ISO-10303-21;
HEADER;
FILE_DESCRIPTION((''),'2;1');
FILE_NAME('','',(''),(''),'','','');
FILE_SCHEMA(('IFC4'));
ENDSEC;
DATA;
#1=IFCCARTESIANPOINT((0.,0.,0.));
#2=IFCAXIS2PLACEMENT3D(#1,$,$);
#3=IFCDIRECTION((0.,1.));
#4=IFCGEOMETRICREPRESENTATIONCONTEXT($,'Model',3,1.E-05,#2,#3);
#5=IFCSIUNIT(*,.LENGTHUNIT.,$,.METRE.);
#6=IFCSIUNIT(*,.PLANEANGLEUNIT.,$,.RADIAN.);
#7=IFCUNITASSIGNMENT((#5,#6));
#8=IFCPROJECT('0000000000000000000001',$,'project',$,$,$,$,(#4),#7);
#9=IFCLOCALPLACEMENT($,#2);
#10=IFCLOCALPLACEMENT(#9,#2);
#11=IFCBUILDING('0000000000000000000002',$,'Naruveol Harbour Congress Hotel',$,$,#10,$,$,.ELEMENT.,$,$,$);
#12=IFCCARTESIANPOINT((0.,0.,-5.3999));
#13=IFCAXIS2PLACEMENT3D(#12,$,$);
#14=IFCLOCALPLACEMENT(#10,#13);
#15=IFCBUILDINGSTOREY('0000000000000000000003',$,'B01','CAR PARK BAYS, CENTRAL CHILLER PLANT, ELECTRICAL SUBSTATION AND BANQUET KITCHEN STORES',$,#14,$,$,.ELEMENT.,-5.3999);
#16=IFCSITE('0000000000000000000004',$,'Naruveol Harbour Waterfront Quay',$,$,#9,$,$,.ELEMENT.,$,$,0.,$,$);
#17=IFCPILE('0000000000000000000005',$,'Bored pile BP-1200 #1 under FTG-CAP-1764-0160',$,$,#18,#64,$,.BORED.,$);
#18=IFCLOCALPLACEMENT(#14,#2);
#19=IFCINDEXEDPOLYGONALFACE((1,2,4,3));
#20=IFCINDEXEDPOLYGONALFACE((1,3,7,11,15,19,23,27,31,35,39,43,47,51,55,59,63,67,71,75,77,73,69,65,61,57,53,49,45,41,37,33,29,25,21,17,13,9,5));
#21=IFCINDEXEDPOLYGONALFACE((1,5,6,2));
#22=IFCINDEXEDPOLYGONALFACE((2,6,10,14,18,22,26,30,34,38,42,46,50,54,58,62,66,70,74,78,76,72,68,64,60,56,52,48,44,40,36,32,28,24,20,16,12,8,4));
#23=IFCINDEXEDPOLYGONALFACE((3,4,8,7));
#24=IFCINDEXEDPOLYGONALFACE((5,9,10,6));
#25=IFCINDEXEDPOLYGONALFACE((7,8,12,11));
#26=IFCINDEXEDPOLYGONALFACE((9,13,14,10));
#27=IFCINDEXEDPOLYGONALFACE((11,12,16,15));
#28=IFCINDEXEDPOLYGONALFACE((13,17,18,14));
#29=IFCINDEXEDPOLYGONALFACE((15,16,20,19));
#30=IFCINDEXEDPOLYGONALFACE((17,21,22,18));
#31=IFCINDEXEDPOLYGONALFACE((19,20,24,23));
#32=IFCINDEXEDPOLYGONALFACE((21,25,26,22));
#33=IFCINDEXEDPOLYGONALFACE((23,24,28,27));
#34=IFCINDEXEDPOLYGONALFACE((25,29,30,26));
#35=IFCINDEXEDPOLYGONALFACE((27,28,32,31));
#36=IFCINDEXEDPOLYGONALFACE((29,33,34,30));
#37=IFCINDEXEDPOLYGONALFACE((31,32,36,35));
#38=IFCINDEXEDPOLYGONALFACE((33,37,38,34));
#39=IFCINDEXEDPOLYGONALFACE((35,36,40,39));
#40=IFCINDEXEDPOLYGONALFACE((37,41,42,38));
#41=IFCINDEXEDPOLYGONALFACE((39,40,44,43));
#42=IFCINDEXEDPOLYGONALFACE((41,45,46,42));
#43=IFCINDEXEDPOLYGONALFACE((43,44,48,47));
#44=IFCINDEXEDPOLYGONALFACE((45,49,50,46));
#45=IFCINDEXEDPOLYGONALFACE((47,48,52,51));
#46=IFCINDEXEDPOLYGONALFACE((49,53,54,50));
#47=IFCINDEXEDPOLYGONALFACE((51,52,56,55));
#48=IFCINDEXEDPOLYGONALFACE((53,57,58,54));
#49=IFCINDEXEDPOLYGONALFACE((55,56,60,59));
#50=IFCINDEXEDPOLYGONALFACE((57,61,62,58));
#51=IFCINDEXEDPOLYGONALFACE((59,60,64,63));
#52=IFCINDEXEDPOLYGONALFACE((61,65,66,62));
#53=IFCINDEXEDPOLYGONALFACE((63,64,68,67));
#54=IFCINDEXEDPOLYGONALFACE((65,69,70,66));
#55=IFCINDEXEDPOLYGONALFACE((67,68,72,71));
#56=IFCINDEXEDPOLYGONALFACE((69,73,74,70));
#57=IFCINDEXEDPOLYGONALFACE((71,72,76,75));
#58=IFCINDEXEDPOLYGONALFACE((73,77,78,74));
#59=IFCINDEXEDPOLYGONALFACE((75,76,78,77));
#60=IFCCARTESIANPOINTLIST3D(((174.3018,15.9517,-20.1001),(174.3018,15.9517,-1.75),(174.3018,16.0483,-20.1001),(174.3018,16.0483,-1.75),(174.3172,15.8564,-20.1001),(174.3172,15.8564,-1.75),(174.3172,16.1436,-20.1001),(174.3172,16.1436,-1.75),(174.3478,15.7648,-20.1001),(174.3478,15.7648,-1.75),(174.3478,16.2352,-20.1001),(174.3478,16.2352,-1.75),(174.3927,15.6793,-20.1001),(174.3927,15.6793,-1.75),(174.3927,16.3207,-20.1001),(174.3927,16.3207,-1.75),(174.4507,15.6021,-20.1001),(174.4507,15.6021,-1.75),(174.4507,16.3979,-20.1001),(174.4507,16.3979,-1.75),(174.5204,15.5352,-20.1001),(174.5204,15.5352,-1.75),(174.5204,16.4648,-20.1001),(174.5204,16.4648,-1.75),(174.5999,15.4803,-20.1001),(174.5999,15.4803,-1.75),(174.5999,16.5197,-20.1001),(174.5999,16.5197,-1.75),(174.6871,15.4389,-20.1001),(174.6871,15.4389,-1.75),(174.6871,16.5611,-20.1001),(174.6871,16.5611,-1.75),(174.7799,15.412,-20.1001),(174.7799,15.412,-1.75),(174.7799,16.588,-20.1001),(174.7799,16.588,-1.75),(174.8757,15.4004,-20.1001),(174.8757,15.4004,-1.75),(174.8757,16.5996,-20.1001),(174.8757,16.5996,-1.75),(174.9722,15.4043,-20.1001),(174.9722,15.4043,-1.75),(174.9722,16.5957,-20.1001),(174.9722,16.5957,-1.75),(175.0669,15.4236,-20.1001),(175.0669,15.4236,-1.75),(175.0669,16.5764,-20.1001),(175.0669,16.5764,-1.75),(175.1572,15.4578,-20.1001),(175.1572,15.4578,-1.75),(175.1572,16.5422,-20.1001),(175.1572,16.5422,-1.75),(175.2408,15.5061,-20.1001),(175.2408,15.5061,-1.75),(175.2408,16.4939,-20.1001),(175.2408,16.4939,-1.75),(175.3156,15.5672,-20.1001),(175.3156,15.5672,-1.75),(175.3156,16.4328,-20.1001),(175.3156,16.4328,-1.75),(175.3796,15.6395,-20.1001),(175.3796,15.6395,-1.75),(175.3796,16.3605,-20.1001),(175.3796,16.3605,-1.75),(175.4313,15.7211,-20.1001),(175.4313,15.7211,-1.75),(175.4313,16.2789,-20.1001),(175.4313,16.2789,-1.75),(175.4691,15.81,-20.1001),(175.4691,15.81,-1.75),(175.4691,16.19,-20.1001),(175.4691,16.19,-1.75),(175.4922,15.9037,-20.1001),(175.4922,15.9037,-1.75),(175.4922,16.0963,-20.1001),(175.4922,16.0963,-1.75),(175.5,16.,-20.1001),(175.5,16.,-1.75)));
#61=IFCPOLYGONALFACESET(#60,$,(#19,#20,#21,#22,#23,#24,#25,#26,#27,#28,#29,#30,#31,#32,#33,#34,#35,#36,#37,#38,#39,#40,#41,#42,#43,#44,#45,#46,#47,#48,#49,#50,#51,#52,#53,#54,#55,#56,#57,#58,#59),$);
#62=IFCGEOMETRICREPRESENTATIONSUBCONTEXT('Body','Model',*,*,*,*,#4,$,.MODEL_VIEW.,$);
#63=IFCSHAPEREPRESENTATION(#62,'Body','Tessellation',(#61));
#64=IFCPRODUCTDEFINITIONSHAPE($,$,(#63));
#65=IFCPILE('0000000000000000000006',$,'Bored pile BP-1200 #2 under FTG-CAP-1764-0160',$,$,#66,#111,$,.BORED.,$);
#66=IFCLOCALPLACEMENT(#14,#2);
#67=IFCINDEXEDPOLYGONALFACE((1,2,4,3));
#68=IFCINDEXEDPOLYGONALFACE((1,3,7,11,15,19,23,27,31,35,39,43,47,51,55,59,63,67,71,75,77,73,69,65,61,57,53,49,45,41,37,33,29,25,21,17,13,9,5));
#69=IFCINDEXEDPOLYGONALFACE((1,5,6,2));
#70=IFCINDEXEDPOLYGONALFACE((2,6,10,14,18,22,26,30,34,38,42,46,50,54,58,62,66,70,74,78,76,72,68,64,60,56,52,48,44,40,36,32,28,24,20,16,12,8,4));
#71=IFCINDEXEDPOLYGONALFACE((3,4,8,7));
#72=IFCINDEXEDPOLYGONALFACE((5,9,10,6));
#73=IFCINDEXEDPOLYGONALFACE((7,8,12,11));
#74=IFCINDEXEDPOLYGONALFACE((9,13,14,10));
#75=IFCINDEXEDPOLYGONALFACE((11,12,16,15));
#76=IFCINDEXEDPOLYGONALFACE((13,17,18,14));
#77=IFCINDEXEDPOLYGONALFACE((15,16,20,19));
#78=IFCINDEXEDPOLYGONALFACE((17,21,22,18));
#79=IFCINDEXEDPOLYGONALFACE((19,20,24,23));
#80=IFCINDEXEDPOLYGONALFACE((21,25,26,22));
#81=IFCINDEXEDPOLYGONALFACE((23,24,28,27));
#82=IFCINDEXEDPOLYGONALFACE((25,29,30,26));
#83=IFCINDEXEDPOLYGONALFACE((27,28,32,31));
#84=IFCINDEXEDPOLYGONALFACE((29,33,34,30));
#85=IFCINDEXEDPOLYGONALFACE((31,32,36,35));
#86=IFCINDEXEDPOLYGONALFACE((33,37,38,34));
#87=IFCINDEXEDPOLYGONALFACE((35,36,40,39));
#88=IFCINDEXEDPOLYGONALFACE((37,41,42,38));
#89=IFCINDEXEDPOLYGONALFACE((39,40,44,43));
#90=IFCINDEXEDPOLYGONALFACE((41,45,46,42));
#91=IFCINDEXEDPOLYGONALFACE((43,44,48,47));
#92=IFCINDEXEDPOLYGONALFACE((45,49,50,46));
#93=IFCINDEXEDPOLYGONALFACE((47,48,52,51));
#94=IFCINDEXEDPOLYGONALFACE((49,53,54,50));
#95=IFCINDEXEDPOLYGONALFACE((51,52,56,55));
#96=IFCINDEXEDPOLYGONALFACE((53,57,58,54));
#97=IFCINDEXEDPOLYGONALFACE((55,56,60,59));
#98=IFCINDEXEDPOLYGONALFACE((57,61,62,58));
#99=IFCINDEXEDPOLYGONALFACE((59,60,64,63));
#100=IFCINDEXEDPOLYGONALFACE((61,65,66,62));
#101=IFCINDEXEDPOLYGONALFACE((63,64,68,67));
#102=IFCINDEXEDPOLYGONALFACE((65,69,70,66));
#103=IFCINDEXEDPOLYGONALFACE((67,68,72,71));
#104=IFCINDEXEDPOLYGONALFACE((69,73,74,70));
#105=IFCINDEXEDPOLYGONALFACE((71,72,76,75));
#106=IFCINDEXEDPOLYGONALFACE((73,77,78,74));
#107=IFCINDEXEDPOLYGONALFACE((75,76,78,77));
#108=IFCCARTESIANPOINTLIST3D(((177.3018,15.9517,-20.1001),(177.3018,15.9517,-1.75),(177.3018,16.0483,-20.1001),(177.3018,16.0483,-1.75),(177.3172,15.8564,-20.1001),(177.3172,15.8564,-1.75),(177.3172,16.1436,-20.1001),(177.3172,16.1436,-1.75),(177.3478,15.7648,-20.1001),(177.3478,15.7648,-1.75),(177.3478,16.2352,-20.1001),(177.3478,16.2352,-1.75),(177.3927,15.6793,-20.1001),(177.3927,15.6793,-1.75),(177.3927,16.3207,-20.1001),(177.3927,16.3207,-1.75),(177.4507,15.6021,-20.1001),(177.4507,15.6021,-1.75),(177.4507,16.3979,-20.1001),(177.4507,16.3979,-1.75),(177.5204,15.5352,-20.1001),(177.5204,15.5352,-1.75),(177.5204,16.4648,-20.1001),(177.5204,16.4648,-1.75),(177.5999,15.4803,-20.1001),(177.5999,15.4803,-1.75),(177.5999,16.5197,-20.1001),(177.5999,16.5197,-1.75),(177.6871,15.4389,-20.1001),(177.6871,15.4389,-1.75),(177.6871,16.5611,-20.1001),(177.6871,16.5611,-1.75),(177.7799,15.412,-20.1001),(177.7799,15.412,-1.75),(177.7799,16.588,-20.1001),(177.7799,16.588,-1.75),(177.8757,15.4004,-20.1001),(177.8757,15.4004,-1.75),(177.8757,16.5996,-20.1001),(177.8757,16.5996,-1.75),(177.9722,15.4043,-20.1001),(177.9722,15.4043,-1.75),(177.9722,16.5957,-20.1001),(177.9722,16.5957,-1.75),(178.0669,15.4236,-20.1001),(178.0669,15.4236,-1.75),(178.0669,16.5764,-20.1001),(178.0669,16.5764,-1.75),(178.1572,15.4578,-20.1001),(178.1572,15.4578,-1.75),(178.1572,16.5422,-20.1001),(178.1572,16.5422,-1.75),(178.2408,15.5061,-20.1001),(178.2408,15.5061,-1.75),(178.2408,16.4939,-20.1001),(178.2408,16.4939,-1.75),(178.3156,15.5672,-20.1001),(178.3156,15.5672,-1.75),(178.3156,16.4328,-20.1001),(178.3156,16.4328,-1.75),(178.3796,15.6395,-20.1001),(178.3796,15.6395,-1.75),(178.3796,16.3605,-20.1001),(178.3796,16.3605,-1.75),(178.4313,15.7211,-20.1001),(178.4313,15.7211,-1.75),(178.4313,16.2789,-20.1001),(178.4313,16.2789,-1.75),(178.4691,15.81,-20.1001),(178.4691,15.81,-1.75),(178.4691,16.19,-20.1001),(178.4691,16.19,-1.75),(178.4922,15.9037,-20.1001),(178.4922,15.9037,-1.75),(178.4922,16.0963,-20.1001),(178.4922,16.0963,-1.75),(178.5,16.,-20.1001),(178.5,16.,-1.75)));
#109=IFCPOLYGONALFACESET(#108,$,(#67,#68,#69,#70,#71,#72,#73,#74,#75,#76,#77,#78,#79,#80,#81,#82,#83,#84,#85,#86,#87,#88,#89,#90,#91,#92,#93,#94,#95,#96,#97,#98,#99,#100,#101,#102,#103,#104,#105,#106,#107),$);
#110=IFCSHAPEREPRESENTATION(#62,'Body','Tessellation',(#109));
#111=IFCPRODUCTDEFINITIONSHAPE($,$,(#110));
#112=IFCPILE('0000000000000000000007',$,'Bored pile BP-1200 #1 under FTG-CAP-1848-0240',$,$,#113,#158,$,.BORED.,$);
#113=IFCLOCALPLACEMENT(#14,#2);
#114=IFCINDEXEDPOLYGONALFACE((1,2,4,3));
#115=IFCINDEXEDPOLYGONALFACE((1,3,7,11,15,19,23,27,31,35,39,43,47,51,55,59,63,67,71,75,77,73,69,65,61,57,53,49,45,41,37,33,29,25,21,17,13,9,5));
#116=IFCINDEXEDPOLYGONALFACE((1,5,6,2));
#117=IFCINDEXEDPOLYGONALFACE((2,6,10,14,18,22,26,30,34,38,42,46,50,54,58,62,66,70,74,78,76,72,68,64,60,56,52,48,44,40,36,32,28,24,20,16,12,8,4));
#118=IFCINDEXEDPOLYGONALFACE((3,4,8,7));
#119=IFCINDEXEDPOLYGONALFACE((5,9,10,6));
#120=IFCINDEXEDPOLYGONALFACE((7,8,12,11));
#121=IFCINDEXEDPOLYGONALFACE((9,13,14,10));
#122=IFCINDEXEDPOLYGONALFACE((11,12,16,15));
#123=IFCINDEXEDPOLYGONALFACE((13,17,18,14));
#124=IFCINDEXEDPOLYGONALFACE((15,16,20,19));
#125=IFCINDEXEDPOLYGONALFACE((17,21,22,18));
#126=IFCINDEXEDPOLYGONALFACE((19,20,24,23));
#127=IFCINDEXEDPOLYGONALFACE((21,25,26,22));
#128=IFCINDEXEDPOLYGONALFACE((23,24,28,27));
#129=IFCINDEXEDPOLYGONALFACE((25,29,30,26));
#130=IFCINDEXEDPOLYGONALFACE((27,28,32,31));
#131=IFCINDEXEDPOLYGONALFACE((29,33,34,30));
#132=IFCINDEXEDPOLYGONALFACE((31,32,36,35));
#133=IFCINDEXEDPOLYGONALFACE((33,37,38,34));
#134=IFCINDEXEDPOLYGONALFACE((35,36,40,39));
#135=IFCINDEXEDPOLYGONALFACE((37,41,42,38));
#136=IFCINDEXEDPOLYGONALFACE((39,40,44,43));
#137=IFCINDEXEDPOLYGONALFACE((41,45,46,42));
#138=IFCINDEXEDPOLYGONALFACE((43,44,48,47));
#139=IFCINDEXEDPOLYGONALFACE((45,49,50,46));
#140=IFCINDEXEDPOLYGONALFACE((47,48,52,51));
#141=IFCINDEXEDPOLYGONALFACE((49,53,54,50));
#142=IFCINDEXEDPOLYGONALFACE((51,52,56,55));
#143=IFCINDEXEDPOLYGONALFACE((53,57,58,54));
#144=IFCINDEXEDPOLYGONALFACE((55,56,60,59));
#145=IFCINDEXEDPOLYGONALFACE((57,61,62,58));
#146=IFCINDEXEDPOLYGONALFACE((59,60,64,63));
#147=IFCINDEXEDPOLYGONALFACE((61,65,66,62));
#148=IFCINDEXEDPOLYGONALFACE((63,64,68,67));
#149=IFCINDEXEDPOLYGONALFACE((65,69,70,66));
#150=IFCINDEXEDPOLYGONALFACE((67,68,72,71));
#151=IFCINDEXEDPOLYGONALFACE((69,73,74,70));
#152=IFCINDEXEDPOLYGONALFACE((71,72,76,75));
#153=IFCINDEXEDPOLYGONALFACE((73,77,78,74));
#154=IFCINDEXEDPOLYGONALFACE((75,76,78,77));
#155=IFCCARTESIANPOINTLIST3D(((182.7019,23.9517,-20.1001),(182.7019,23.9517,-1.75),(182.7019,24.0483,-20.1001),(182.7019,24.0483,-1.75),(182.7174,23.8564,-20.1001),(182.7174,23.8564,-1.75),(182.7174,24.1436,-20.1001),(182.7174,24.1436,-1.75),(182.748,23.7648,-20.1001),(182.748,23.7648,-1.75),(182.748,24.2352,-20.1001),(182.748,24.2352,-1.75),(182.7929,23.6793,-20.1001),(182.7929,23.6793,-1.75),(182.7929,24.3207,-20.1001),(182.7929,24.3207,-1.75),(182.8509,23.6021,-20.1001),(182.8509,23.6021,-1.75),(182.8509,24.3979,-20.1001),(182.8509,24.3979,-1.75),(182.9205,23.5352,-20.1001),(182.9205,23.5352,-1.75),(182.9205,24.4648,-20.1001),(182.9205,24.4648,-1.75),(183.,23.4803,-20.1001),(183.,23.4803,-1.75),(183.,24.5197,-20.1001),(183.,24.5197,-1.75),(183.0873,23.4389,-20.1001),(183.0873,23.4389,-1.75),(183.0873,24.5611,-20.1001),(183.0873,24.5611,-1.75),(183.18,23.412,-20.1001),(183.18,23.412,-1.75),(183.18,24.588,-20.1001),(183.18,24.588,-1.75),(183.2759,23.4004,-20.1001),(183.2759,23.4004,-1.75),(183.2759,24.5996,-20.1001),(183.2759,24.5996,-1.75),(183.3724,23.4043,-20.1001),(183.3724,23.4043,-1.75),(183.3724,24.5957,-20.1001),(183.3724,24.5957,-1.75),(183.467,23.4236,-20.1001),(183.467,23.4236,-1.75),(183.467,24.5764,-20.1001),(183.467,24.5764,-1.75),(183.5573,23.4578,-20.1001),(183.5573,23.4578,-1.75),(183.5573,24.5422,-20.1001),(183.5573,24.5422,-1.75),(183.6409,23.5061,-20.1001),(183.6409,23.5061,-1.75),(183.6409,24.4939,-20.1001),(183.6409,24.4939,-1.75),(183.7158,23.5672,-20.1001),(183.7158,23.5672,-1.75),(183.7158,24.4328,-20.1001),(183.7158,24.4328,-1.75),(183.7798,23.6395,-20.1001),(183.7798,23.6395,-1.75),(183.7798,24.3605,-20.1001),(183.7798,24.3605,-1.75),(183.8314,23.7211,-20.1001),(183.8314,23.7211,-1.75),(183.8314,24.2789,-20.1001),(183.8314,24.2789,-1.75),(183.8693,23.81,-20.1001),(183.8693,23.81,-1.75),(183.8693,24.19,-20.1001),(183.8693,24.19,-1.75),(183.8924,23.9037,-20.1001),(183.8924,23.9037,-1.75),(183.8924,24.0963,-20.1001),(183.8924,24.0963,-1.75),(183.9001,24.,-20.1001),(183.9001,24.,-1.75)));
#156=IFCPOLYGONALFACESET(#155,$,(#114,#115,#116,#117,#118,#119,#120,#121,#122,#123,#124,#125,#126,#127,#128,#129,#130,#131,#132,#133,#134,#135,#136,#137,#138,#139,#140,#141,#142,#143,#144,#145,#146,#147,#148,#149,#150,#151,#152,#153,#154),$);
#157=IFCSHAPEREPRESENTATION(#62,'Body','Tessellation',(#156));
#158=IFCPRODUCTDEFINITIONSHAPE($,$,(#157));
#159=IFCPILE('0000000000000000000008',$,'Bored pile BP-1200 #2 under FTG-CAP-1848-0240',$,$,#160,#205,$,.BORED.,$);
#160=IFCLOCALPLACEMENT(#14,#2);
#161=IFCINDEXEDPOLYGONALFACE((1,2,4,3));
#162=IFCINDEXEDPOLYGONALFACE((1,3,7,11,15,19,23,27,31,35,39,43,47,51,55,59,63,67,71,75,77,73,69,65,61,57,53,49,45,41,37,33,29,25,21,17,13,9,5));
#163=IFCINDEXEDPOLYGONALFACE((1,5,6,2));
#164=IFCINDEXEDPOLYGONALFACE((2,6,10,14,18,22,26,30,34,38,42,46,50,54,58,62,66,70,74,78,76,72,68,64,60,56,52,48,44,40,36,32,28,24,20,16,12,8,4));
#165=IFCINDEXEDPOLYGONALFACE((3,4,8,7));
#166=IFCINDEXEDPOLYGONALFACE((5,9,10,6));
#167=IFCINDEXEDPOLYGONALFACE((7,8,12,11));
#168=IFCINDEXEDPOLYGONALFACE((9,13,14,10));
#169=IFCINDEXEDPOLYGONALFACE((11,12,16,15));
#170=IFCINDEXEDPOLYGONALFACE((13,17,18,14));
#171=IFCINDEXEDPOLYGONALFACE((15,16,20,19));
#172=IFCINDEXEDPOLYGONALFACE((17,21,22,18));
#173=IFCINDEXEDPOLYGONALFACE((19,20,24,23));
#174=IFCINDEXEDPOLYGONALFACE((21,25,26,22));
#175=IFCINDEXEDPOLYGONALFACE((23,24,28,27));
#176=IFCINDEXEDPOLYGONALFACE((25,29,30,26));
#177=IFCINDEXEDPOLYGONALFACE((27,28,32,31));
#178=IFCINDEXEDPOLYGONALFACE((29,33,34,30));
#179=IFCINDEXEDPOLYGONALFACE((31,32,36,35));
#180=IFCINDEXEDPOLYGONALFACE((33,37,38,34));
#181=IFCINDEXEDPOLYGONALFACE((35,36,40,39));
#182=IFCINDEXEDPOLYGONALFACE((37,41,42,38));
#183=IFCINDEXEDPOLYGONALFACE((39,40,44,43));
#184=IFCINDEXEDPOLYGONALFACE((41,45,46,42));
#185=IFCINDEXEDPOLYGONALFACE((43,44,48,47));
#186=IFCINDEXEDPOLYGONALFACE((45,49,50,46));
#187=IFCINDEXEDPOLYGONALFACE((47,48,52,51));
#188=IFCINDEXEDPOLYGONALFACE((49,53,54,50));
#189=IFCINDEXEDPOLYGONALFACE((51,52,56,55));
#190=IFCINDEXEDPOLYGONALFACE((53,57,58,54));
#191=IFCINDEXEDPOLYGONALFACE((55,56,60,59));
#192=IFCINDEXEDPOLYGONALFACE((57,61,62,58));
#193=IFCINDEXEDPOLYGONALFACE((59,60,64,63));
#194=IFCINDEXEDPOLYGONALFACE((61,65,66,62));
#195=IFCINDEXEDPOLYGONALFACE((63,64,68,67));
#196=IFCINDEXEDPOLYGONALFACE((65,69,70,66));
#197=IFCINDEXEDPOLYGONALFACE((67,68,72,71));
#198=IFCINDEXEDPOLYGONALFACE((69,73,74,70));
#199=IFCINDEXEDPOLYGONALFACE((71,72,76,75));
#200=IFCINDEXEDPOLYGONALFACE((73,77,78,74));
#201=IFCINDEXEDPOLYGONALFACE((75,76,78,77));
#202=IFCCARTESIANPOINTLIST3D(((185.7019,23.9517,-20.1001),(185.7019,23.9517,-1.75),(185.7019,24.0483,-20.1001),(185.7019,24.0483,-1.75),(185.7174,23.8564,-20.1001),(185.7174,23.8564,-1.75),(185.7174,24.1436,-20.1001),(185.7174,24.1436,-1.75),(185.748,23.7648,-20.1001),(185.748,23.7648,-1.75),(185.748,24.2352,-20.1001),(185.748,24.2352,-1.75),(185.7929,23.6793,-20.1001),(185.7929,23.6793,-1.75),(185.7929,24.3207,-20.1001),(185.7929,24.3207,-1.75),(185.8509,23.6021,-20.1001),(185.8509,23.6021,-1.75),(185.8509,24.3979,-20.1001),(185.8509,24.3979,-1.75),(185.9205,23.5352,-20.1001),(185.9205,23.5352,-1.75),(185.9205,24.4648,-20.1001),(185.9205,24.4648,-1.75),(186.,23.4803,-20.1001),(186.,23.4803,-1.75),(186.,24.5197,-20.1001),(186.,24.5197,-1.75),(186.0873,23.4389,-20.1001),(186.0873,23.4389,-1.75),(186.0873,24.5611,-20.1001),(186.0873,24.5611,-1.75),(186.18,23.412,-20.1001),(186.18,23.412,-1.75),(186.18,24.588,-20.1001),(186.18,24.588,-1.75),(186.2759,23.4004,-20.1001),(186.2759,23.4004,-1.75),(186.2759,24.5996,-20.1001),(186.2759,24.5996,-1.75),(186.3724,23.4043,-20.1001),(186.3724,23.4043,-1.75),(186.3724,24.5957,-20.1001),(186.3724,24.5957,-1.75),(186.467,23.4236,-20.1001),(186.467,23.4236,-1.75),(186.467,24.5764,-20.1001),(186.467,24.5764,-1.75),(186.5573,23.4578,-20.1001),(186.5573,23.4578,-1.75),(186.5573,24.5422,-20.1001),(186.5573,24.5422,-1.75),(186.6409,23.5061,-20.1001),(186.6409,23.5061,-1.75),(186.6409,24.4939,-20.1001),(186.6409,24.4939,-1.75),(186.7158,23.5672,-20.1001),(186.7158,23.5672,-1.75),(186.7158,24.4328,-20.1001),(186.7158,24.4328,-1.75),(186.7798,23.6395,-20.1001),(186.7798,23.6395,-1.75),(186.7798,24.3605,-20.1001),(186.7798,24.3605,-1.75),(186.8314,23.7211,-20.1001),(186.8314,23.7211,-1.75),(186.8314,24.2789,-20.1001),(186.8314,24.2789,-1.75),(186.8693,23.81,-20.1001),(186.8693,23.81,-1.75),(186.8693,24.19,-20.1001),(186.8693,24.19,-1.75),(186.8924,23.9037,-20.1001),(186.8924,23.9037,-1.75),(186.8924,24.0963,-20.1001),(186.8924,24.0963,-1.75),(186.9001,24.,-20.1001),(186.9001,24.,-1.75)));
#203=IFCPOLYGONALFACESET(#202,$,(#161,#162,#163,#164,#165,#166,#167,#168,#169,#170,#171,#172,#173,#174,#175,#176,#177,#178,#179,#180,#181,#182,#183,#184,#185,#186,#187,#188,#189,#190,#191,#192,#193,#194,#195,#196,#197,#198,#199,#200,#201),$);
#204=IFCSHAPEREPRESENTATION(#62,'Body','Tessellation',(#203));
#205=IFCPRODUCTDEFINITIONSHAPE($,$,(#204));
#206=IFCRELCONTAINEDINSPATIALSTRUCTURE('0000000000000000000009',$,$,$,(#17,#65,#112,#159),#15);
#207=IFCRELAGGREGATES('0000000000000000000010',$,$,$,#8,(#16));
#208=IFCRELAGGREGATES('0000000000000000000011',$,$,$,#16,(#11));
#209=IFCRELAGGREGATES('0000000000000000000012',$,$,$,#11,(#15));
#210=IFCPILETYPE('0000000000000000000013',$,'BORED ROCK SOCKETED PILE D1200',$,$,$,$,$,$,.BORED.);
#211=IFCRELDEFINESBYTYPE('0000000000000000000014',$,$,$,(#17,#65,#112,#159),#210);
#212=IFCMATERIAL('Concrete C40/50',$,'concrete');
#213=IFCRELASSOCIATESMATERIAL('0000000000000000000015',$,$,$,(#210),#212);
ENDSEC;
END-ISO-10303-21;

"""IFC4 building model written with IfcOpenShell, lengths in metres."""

from ifc_helpers import new_model, si_unit, direction, frame, origin, origin_2d, place, context, subcontext, project, spatial, circle, extrude, material, material_profile, profile_set, type_object, element, save


model = new_model("IFC4")

# Units and contexts
model_context = context("Model", 3, precision=1e-05, world=origin(), true_north=direction((0.0, 1.0)))
body_context = subcontext(model_context, "Body", "Model", "MODEL_VIEW")
ifc_project = project(units=[si_unit("LENGTHUNIT", "METRE"), si_unit("PLANEANGLEUNIT", "RADIAN")], contexts=[model_context])

# Site, building, storey
site_placement = place(None, origin())
site = spatial("IfcSite", under=ifc_project, at=site_placement, Name="Naruveol Harbour Waterfront Quay", CompositionType="ELEMENT", RefElevation=0.0)
building_placement = place(site_placement, origin())
building = spatial("IfcBuilding", under=site, at=building_placement, Name="Naruveol Harbour Congress Hotel", CompositionType="ELEMENT")
storey_placement = place(building_placement, frame((0.0, 0.0, -5.3999)))
storey = spatial("IfcBuildingStorey", under=building, at=storey_placement, Name="B01", Description="CAR PARK BAYS, CENTRAL CHILLER PLANT, ELECTRICAL SUBSTATION AND BANQUET KITCHEN STORES", CompositionType="ELEMENT", Elevation=-5.3999)

# Piles
ifc_material_1 = material(Name="Concrete C40/50", Category="concrete")
ifc_material_profile_1 = material_profile(ifc_material_1, circle(Radius=0.6001, at=origin_2d()), Name="BP-1200")
ifc_profile_set_1 = profile_set([ifc_material_profile_1], Name="Concrete C40/50")
pile_type = type_object("IfcPileType", Name="BORED ROCK SOCKETED PILE D1200", PredefinedType="BORED", material=ifc_profile_set_1)
for number, where, z_axis, x_axis, name in (
    (1, (174.8999, 16.0, -1.75), (0.0, 0.0, -1.0), (1.0, 0.0, 0.0), "Bored pile BP-1200 #1 under FTG-CAP-1764-0160"),
    (2, (177.8999, 16.0, -1.75), (0.0, 0.0, -1.0), (1.0, 0.0, 0.0), "Bored pile BP-1200 #2 under FTG-CAP-1764-0160"),
    (3, (183.3, 24.0, -1.75), (0.0, 0.0, -1.0), (1.0, 0.0, 0.0), "Bored pile BP-1200 #1 under FTG-CAP-1848-0240"),
    (4, (186.3, 24.0, -1.75), (0.0, 0.0, -1.0), (1.0, 0.0, 0.0), "Bored pile BP-1200 #2 under FTG-CAP-1848-0240"),
):
    element("IfcPile", number, at=place(storey_placement, frame(where, z_axis=z_axis, x_axis=x_axis)), inside=storey, type_object=pile_type, Name=name, PredefinedType="BORED", context=body_context, shape_type="SweptSolid", body=[
        extrude(circle(Radius=0.6001, at=origin_2d()), origin(), (0.0, 0.0, 1.0), 18.3501),
    ])

save(model, "model.ifc")
